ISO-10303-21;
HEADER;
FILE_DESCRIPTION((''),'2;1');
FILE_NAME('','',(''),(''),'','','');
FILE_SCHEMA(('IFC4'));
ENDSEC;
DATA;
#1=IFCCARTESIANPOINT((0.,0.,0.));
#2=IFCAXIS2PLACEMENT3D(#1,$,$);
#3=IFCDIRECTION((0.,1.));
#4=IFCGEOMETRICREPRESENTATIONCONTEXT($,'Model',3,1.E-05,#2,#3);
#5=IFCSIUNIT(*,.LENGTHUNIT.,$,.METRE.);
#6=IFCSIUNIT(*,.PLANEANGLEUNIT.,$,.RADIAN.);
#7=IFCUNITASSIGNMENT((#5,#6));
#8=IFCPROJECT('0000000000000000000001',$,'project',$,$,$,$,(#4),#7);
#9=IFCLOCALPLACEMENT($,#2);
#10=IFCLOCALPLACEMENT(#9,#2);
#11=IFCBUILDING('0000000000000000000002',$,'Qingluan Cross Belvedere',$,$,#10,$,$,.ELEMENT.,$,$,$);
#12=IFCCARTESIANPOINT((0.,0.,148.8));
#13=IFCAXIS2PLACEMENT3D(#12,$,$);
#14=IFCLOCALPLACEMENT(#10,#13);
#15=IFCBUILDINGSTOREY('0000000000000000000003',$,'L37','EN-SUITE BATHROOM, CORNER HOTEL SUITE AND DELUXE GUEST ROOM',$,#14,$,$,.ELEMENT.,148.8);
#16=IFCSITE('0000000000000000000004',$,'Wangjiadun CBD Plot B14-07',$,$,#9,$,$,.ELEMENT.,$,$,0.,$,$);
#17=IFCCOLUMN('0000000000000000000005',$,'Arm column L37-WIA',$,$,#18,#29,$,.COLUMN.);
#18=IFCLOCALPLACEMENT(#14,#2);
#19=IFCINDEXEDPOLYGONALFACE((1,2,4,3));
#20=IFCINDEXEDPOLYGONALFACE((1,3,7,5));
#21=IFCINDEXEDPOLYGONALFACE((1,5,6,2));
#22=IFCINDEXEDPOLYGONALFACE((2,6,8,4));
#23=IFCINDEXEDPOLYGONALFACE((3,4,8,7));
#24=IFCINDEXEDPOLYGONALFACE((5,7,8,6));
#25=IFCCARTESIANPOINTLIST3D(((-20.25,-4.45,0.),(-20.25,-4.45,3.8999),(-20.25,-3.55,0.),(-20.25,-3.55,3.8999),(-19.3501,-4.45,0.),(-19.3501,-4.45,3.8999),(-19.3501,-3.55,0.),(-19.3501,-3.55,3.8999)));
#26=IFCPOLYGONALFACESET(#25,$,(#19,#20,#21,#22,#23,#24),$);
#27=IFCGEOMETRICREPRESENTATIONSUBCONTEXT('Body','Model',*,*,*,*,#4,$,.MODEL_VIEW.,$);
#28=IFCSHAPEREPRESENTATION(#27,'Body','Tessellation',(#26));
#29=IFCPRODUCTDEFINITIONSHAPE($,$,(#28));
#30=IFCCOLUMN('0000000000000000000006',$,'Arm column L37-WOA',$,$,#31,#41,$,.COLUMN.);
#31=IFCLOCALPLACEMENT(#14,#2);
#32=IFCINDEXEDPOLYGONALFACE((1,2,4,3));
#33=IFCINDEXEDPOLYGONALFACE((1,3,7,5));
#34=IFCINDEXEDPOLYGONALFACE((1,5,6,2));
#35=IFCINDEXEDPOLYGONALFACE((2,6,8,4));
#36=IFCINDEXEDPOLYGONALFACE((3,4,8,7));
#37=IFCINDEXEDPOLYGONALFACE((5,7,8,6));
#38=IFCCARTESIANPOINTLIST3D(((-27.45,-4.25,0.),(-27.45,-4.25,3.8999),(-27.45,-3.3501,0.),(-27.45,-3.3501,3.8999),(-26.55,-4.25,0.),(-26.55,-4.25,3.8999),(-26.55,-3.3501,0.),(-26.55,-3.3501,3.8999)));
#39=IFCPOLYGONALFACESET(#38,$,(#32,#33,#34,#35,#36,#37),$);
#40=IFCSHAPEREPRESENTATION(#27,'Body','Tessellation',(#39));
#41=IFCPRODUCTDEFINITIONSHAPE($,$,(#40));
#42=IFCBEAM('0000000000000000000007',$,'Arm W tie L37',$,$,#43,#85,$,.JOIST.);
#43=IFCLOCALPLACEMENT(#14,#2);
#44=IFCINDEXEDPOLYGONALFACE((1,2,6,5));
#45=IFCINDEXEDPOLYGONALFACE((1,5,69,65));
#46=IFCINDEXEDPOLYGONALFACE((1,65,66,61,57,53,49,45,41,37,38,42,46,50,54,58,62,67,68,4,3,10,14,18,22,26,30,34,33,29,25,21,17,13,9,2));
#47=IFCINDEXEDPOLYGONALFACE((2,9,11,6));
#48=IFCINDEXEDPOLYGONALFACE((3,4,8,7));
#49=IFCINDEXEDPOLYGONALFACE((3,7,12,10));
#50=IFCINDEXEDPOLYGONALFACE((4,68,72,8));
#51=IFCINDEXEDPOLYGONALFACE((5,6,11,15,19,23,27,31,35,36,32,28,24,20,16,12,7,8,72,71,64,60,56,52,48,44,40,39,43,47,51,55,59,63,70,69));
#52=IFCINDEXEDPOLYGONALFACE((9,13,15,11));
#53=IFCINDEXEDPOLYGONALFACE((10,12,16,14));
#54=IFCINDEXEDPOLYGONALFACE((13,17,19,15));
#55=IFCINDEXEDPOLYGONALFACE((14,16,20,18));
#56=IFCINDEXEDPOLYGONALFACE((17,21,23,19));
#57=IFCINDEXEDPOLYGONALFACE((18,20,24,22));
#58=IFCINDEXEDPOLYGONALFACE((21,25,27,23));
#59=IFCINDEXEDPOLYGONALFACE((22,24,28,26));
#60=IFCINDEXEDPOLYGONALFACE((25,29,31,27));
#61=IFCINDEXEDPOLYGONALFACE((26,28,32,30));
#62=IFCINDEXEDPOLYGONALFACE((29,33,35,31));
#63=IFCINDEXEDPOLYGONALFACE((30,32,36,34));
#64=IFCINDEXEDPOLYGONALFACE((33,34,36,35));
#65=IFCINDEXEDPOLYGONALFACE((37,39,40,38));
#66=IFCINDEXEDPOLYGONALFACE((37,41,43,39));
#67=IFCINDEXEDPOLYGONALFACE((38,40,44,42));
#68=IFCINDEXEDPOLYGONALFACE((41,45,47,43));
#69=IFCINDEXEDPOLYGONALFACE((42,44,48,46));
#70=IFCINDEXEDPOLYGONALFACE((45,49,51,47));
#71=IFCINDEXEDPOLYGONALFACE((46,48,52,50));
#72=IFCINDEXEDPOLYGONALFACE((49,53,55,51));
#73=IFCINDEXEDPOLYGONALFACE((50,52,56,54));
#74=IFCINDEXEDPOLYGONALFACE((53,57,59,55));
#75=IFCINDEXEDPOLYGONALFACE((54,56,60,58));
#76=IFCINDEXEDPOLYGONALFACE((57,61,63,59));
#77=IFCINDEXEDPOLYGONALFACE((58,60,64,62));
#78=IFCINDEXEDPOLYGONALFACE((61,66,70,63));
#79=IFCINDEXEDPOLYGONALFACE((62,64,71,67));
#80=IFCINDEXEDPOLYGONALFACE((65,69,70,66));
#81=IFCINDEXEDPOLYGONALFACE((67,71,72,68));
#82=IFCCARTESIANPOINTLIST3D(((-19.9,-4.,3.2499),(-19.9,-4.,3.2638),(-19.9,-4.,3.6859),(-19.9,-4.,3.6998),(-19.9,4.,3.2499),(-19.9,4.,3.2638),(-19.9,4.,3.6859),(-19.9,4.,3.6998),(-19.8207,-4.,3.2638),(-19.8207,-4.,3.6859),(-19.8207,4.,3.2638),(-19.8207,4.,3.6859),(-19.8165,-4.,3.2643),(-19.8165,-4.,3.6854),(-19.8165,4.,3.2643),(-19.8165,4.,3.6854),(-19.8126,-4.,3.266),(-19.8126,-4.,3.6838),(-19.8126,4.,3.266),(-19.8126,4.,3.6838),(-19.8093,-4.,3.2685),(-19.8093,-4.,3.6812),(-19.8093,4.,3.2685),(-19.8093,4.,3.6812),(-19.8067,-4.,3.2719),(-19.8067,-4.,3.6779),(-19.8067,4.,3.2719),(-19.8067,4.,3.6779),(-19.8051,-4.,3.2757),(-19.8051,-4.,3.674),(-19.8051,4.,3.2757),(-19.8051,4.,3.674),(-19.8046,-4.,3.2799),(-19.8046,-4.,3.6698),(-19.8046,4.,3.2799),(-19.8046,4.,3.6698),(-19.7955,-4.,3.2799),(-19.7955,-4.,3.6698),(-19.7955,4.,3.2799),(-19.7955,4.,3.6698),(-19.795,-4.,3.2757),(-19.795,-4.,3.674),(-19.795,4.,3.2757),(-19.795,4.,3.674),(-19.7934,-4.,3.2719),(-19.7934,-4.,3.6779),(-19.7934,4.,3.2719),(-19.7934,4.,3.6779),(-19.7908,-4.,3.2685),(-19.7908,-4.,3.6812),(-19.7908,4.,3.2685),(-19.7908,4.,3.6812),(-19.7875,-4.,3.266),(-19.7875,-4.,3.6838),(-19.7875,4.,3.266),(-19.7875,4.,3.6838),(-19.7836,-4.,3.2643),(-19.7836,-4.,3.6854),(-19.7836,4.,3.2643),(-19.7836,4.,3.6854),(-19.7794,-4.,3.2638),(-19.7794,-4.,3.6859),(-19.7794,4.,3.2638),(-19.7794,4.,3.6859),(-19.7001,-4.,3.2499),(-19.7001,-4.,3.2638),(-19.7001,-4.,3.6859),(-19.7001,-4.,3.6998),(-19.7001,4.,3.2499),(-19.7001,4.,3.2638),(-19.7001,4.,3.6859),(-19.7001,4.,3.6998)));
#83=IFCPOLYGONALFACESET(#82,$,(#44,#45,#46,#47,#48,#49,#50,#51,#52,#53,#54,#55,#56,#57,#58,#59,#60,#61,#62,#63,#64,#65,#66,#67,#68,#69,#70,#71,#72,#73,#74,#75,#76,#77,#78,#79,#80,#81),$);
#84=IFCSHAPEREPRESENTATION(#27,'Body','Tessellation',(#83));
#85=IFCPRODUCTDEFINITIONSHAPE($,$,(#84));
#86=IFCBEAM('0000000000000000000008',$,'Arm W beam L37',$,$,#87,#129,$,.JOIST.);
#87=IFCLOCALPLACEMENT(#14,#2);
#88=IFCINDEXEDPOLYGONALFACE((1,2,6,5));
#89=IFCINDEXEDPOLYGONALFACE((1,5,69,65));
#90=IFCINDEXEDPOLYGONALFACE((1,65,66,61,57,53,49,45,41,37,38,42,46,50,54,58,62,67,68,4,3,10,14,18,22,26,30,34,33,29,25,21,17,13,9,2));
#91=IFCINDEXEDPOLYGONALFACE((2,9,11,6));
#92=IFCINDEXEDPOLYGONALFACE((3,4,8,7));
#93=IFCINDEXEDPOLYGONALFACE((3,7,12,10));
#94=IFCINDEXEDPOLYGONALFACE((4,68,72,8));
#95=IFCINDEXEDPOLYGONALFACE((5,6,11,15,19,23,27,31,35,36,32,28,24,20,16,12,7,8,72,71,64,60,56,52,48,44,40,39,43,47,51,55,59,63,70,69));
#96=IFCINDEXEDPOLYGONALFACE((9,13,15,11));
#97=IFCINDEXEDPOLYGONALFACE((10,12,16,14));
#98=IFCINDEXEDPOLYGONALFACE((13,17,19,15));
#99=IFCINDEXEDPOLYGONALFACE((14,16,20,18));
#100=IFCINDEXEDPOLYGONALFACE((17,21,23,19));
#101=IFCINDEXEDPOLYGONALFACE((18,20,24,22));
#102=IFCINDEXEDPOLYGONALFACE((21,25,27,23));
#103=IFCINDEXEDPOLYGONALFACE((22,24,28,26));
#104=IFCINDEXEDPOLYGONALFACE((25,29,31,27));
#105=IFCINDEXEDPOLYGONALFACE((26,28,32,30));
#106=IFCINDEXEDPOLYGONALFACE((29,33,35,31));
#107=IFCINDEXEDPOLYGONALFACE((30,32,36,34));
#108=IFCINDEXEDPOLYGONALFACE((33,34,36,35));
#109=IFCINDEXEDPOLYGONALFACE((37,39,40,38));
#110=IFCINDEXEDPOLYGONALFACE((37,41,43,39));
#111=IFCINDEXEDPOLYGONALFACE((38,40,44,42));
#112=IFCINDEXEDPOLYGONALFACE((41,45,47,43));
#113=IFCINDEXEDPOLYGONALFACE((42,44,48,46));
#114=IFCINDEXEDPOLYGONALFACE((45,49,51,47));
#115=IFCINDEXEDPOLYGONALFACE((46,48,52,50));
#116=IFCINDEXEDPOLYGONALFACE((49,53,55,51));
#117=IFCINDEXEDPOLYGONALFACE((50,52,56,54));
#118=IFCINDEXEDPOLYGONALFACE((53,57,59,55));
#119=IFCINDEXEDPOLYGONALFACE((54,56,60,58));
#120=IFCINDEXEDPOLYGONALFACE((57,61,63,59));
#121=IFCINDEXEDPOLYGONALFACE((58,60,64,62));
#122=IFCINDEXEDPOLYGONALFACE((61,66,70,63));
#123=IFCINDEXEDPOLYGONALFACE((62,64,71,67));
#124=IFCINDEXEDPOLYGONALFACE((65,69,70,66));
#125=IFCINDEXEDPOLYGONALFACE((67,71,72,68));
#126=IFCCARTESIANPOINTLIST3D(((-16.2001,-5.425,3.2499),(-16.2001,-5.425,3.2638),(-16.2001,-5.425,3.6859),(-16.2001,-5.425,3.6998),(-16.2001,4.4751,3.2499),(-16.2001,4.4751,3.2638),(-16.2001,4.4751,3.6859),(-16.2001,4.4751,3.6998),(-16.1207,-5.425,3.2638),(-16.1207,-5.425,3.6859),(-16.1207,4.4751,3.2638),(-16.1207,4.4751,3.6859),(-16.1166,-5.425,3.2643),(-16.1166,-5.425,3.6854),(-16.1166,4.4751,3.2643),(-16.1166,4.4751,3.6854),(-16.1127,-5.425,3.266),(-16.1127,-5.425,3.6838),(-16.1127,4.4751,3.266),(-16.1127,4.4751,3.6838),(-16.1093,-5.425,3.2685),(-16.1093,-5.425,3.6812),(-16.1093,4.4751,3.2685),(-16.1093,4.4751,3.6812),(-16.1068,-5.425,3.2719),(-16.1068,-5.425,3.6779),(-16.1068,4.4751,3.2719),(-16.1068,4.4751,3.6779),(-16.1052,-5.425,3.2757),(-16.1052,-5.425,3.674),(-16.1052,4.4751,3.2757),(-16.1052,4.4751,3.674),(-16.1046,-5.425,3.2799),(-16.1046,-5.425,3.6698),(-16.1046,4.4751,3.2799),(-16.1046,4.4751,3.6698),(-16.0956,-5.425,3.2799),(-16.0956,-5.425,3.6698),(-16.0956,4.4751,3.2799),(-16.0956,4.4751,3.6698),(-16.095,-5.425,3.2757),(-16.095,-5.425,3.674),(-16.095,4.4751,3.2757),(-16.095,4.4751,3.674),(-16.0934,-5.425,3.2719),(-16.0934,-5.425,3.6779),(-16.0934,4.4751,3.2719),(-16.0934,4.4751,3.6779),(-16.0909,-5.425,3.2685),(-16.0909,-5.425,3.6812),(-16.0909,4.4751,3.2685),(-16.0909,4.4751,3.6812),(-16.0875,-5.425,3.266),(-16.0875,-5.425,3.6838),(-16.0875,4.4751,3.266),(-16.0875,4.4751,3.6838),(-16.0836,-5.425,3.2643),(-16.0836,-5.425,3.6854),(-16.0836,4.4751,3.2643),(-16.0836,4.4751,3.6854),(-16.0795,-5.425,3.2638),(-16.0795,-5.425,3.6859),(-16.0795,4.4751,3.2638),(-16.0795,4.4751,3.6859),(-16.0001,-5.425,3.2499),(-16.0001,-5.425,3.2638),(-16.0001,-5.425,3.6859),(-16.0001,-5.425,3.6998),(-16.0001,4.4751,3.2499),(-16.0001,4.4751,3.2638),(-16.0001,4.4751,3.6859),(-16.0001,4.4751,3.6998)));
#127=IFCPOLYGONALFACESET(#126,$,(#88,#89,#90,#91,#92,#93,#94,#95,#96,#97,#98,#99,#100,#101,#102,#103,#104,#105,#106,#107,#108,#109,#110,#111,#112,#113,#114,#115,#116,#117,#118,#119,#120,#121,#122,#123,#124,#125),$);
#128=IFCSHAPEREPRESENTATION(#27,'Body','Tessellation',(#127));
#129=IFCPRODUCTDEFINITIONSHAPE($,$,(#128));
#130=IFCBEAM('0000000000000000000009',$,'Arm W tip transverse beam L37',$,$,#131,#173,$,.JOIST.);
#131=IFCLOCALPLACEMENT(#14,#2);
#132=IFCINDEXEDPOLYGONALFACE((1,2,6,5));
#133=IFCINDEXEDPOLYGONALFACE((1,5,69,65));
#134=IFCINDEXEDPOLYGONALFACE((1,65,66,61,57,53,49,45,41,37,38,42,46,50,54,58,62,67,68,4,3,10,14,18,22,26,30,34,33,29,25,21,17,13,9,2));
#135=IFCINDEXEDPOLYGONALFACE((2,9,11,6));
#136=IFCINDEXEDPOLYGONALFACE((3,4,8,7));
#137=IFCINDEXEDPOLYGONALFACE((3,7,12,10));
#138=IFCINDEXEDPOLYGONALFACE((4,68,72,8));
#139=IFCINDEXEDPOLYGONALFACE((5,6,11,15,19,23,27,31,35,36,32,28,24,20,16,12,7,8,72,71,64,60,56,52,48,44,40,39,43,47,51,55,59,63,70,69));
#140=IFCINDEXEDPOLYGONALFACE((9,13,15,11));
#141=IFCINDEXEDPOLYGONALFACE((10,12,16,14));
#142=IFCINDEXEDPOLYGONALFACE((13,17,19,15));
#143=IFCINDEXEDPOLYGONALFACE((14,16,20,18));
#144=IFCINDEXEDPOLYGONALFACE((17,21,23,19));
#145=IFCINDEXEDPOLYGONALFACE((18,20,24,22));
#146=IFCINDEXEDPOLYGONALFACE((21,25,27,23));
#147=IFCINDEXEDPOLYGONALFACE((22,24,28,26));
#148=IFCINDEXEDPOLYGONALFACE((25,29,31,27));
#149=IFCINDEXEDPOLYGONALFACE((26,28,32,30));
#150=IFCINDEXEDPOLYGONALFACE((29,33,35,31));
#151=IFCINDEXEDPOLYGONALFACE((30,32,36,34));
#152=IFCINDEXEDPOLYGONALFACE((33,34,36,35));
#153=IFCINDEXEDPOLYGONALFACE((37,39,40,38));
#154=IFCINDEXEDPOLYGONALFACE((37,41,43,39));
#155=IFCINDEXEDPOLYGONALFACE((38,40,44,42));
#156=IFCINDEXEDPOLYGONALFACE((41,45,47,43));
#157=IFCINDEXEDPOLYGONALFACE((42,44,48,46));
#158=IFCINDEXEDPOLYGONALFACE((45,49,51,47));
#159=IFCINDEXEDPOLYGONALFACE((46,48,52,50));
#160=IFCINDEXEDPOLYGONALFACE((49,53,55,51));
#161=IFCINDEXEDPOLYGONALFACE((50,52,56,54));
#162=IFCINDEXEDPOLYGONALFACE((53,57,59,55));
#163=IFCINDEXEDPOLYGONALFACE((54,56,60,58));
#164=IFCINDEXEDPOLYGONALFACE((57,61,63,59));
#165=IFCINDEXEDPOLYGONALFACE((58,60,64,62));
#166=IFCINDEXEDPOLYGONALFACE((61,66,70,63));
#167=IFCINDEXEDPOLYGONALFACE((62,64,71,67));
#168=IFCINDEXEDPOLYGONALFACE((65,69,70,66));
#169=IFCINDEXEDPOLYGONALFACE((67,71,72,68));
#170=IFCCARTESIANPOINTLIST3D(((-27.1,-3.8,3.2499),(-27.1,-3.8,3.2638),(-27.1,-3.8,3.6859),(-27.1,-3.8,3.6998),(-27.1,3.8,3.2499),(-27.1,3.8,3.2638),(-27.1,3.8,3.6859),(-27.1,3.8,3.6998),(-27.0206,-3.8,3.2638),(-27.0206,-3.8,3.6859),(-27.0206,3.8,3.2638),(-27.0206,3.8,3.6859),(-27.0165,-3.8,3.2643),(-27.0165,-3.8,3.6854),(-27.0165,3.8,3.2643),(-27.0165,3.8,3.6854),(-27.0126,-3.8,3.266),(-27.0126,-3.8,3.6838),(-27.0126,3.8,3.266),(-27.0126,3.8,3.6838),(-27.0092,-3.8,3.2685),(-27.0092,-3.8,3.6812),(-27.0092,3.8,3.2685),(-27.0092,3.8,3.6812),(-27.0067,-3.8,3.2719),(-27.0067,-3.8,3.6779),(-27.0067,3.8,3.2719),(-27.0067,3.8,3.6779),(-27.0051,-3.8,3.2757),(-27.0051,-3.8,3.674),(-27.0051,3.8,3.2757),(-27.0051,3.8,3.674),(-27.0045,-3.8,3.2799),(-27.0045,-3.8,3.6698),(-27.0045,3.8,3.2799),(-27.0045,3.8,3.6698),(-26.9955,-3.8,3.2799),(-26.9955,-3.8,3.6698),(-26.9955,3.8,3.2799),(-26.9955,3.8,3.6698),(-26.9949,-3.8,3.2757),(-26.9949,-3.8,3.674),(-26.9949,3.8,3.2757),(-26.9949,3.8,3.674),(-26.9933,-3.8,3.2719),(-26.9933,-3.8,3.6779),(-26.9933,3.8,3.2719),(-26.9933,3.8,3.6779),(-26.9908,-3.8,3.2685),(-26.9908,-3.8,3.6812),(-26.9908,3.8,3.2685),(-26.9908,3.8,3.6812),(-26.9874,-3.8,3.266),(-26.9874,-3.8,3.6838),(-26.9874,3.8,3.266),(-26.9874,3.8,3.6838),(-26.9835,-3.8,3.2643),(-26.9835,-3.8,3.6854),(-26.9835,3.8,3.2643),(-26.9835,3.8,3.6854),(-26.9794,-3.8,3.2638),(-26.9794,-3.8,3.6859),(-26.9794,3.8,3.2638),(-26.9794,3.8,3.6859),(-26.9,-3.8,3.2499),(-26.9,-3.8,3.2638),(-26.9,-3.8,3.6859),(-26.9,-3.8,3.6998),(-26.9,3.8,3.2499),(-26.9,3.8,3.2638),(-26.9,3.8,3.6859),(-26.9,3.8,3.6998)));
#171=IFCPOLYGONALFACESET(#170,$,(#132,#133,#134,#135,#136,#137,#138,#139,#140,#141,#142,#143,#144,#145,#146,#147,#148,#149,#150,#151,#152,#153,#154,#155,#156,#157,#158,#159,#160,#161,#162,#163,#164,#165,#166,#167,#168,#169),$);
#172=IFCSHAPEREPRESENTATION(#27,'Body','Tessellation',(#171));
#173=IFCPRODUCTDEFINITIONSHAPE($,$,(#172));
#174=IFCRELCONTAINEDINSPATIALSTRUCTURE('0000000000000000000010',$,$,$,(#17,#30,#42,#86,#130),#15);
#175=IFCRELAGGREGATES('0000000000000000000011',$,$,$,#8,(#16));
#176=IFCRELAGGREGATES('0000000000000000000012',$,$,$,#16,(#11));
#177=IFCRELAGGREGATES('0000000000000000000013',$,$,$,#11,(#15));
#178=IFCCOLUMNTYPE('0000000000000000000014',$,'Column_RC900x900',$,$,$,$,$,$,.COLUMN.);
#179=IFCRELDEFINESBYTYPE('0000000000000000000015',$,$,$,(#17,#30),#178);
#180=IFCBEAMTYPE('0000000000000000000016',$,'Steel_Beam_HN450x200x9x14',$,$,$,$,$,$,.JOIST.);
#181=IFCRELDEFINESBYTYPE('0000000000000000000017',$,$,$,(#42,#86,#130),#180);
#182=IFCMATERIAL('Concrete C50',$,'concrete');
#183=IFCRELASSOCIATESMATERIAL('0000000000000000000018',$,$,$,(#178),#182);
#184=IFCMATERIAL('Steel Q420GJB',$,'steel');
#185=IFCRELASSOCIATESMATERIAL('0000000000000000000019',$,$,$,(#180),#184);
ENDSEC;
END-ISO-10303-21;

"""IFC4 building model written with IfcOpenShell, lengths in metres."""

from ifc_helpers import new_model, si_unit, direction, frame, origin, origin_2d, place, context, subcontext, project, spatial, rectangle, i_section, extrude, material, material_profile, profile_set, type_object, element, save


model = new_model("IFC4")

# Units and contexts
model_context = context("Model", 3, precision=1e-05, world=origin(), true_north=direction((0.0, 1.0)))
body_context = subcontext(model_context, "Body", "Model", "MODEL_VIEW")
ifc_project = project(units=[si_unit("LENGTHUNIT", "METRE"), si_unit("PLANEANGLEUNIT", "RADIAN")], contexts=[model_context])

# Site, building, storey
site_placement = place(None, origin())
site = spatial("IfcSite", under=ifc_project, at=site_placement, Name="Wangjiadun CBD Plot B14-07", CompositionType="ELEMENT", RefElevation=0.0)
building_placement = place(site_placement, origin())
building = spatial("IfcBuilding", under=site, at=building_placement, Name="Qingluan Cross Belvedere", CompositionType="ELEMENT")
storey_placement = place(building_placement, frame((0.0, 0.0, 148.8)))
storey = spatial("IfcBuildingStorey", under=building, at=storey_placement, Name="L37", Description="EN-SUITE BATHROOM, CORNER HOTEL SUITE AND DELUXE GUEST ROOM", CompositionType="ELEMENT", Elevation=148.8)

# Columns
ifc_material_1 = material(Name="Concrete C50", Category="concrete")
ifc_material_profile_1 = material_profile(ifc_material_1, rectangle(XDim=0.8999, YDim=0.8999, at=origin_2d()), Name="RC900x900")
ifc_profile_set_1 = profile_set([ifc_material_profile_1], Name="Concrete C50")
column_type = type_object("IfcColumnType", Name="Column_RC900x900", PredefinedType="COLUMN", material=ifc_profile_set_1)
for number, where, z_axis, x_axis, name in (
    (1, (-19.8, -4.0, 0.0), (0.0, 0.0, 1.0), (1.0, 0.0, 0.0), "Arm column L37-WIA"),
    (2, (-27.0, -3.8, 0.0), (0.0, 0.0, 1.0), (1.0, 0.0, 0.0), "Arm column L37-WOA"),
):
    element("IfcColumn", number, at=place(storey_placement, frame(where, z_axis=z_axis, x_axis=x_axis)), inside=storey, type_object=column_type, Name=name, PredefinedType="COLUMN", context=body_context, shape_type="SweptSolid", body=[
        extrude(rectangle(XDim=0.8999, YDim=0.8999, at=origin_2d()), origin(), (0.0, 0.0, 1.0), 3.8999),
    ])

# Beams
ifc_material_2 = material(Name="Steel Q420GJB", Category="steel")
ifc_material_profile_2 = material_profile(ifc_material_2, i_section(OverallWidth=0.2, OverallDepth=0.45, WebThickness=0.009, FlangeThickness=0.0139, FilletRadius=0.0161, at=origin_2d()), Name="HN450x200x9x14")
ifc_profile_set_2 = profile_set([ifc_material_profile_2], Name="Steel Q420GJB")
beam_type_1 = type_object("IfcBeamType", Name="Steel_Beam_HN450x200x9x14", PredefinedType="JOIST", material=ifc_profile_set_2)
beam_1_placement = place(storey_placement, frame((-19.8, -4.0, 3.4749), z_axis=(0.0, 1.0, 0.0), x_axis=(-1.0, 0.0, 0.0)))
element("IfcBeam", 3, at=beam_1_placement, inside=storey, type_object=beam_type_1, Name="Arm W tie L37", PredefinedType="JOIST", context=body_context, shape_type="SweptSolid", body=[
    extrude(i_section(OverallWidth=0.2, OverallDepth=0.45, WebThickness=0.009, FlangeThickness=0.0139, FilletRadius=0.0161, at=origin_2d()), origin(), (0.0, 0.0, 1.0), 8.0),
])
beam_2_placement = place(storey_placement, frame((-16.1001, -5.425, 3.4749), z_axis=(0.0, 1.0, 0.0), x_axis=(-1.0, 0.0, 0.0)))
element("IfcBeam", 4, at=beam_2_placement, inside=storey, type_object=beam_type_1, Name="Arm W beam L37", PredefinedType="JOIST", context=body_context, shape_type="SweptSolid", body=[
    extrude(i_section(OverallWidth=0.2, OverallDepth=0.45, WebThickness=0.009, FlangeThickness=0.0139, FilletRadius=0.0161, at=origin_2d()), origin(), (0.0, 0.0, 1.0), 9.9001),
])
beam_3_placement = place(storey_placement, frame((-27.0, -3.8, 3.4749), z_axis=(0.0, 1.0, 0.0), x_axis=(-1.0, 0.0, 0.0)))
element("IfcBeam", 5, at=beam_3_placement, inside=storey, type_object=beam_type_1, Name="Arm W tip transverse beam L37", PredefinedType="JOIST", context=body_context, shape_type="SweptSolid", body=[
    extrude(i_section(OverallWidth=0.2, OverallDepth=0.45, WebThickness=0.009, FlangeThickness=0.0139, FilletRadius=0.0161, at=origin_2d()), origin(), (0.0, 0.0, 1.0), 7.6001),
])

save(model, "model.ifc")
